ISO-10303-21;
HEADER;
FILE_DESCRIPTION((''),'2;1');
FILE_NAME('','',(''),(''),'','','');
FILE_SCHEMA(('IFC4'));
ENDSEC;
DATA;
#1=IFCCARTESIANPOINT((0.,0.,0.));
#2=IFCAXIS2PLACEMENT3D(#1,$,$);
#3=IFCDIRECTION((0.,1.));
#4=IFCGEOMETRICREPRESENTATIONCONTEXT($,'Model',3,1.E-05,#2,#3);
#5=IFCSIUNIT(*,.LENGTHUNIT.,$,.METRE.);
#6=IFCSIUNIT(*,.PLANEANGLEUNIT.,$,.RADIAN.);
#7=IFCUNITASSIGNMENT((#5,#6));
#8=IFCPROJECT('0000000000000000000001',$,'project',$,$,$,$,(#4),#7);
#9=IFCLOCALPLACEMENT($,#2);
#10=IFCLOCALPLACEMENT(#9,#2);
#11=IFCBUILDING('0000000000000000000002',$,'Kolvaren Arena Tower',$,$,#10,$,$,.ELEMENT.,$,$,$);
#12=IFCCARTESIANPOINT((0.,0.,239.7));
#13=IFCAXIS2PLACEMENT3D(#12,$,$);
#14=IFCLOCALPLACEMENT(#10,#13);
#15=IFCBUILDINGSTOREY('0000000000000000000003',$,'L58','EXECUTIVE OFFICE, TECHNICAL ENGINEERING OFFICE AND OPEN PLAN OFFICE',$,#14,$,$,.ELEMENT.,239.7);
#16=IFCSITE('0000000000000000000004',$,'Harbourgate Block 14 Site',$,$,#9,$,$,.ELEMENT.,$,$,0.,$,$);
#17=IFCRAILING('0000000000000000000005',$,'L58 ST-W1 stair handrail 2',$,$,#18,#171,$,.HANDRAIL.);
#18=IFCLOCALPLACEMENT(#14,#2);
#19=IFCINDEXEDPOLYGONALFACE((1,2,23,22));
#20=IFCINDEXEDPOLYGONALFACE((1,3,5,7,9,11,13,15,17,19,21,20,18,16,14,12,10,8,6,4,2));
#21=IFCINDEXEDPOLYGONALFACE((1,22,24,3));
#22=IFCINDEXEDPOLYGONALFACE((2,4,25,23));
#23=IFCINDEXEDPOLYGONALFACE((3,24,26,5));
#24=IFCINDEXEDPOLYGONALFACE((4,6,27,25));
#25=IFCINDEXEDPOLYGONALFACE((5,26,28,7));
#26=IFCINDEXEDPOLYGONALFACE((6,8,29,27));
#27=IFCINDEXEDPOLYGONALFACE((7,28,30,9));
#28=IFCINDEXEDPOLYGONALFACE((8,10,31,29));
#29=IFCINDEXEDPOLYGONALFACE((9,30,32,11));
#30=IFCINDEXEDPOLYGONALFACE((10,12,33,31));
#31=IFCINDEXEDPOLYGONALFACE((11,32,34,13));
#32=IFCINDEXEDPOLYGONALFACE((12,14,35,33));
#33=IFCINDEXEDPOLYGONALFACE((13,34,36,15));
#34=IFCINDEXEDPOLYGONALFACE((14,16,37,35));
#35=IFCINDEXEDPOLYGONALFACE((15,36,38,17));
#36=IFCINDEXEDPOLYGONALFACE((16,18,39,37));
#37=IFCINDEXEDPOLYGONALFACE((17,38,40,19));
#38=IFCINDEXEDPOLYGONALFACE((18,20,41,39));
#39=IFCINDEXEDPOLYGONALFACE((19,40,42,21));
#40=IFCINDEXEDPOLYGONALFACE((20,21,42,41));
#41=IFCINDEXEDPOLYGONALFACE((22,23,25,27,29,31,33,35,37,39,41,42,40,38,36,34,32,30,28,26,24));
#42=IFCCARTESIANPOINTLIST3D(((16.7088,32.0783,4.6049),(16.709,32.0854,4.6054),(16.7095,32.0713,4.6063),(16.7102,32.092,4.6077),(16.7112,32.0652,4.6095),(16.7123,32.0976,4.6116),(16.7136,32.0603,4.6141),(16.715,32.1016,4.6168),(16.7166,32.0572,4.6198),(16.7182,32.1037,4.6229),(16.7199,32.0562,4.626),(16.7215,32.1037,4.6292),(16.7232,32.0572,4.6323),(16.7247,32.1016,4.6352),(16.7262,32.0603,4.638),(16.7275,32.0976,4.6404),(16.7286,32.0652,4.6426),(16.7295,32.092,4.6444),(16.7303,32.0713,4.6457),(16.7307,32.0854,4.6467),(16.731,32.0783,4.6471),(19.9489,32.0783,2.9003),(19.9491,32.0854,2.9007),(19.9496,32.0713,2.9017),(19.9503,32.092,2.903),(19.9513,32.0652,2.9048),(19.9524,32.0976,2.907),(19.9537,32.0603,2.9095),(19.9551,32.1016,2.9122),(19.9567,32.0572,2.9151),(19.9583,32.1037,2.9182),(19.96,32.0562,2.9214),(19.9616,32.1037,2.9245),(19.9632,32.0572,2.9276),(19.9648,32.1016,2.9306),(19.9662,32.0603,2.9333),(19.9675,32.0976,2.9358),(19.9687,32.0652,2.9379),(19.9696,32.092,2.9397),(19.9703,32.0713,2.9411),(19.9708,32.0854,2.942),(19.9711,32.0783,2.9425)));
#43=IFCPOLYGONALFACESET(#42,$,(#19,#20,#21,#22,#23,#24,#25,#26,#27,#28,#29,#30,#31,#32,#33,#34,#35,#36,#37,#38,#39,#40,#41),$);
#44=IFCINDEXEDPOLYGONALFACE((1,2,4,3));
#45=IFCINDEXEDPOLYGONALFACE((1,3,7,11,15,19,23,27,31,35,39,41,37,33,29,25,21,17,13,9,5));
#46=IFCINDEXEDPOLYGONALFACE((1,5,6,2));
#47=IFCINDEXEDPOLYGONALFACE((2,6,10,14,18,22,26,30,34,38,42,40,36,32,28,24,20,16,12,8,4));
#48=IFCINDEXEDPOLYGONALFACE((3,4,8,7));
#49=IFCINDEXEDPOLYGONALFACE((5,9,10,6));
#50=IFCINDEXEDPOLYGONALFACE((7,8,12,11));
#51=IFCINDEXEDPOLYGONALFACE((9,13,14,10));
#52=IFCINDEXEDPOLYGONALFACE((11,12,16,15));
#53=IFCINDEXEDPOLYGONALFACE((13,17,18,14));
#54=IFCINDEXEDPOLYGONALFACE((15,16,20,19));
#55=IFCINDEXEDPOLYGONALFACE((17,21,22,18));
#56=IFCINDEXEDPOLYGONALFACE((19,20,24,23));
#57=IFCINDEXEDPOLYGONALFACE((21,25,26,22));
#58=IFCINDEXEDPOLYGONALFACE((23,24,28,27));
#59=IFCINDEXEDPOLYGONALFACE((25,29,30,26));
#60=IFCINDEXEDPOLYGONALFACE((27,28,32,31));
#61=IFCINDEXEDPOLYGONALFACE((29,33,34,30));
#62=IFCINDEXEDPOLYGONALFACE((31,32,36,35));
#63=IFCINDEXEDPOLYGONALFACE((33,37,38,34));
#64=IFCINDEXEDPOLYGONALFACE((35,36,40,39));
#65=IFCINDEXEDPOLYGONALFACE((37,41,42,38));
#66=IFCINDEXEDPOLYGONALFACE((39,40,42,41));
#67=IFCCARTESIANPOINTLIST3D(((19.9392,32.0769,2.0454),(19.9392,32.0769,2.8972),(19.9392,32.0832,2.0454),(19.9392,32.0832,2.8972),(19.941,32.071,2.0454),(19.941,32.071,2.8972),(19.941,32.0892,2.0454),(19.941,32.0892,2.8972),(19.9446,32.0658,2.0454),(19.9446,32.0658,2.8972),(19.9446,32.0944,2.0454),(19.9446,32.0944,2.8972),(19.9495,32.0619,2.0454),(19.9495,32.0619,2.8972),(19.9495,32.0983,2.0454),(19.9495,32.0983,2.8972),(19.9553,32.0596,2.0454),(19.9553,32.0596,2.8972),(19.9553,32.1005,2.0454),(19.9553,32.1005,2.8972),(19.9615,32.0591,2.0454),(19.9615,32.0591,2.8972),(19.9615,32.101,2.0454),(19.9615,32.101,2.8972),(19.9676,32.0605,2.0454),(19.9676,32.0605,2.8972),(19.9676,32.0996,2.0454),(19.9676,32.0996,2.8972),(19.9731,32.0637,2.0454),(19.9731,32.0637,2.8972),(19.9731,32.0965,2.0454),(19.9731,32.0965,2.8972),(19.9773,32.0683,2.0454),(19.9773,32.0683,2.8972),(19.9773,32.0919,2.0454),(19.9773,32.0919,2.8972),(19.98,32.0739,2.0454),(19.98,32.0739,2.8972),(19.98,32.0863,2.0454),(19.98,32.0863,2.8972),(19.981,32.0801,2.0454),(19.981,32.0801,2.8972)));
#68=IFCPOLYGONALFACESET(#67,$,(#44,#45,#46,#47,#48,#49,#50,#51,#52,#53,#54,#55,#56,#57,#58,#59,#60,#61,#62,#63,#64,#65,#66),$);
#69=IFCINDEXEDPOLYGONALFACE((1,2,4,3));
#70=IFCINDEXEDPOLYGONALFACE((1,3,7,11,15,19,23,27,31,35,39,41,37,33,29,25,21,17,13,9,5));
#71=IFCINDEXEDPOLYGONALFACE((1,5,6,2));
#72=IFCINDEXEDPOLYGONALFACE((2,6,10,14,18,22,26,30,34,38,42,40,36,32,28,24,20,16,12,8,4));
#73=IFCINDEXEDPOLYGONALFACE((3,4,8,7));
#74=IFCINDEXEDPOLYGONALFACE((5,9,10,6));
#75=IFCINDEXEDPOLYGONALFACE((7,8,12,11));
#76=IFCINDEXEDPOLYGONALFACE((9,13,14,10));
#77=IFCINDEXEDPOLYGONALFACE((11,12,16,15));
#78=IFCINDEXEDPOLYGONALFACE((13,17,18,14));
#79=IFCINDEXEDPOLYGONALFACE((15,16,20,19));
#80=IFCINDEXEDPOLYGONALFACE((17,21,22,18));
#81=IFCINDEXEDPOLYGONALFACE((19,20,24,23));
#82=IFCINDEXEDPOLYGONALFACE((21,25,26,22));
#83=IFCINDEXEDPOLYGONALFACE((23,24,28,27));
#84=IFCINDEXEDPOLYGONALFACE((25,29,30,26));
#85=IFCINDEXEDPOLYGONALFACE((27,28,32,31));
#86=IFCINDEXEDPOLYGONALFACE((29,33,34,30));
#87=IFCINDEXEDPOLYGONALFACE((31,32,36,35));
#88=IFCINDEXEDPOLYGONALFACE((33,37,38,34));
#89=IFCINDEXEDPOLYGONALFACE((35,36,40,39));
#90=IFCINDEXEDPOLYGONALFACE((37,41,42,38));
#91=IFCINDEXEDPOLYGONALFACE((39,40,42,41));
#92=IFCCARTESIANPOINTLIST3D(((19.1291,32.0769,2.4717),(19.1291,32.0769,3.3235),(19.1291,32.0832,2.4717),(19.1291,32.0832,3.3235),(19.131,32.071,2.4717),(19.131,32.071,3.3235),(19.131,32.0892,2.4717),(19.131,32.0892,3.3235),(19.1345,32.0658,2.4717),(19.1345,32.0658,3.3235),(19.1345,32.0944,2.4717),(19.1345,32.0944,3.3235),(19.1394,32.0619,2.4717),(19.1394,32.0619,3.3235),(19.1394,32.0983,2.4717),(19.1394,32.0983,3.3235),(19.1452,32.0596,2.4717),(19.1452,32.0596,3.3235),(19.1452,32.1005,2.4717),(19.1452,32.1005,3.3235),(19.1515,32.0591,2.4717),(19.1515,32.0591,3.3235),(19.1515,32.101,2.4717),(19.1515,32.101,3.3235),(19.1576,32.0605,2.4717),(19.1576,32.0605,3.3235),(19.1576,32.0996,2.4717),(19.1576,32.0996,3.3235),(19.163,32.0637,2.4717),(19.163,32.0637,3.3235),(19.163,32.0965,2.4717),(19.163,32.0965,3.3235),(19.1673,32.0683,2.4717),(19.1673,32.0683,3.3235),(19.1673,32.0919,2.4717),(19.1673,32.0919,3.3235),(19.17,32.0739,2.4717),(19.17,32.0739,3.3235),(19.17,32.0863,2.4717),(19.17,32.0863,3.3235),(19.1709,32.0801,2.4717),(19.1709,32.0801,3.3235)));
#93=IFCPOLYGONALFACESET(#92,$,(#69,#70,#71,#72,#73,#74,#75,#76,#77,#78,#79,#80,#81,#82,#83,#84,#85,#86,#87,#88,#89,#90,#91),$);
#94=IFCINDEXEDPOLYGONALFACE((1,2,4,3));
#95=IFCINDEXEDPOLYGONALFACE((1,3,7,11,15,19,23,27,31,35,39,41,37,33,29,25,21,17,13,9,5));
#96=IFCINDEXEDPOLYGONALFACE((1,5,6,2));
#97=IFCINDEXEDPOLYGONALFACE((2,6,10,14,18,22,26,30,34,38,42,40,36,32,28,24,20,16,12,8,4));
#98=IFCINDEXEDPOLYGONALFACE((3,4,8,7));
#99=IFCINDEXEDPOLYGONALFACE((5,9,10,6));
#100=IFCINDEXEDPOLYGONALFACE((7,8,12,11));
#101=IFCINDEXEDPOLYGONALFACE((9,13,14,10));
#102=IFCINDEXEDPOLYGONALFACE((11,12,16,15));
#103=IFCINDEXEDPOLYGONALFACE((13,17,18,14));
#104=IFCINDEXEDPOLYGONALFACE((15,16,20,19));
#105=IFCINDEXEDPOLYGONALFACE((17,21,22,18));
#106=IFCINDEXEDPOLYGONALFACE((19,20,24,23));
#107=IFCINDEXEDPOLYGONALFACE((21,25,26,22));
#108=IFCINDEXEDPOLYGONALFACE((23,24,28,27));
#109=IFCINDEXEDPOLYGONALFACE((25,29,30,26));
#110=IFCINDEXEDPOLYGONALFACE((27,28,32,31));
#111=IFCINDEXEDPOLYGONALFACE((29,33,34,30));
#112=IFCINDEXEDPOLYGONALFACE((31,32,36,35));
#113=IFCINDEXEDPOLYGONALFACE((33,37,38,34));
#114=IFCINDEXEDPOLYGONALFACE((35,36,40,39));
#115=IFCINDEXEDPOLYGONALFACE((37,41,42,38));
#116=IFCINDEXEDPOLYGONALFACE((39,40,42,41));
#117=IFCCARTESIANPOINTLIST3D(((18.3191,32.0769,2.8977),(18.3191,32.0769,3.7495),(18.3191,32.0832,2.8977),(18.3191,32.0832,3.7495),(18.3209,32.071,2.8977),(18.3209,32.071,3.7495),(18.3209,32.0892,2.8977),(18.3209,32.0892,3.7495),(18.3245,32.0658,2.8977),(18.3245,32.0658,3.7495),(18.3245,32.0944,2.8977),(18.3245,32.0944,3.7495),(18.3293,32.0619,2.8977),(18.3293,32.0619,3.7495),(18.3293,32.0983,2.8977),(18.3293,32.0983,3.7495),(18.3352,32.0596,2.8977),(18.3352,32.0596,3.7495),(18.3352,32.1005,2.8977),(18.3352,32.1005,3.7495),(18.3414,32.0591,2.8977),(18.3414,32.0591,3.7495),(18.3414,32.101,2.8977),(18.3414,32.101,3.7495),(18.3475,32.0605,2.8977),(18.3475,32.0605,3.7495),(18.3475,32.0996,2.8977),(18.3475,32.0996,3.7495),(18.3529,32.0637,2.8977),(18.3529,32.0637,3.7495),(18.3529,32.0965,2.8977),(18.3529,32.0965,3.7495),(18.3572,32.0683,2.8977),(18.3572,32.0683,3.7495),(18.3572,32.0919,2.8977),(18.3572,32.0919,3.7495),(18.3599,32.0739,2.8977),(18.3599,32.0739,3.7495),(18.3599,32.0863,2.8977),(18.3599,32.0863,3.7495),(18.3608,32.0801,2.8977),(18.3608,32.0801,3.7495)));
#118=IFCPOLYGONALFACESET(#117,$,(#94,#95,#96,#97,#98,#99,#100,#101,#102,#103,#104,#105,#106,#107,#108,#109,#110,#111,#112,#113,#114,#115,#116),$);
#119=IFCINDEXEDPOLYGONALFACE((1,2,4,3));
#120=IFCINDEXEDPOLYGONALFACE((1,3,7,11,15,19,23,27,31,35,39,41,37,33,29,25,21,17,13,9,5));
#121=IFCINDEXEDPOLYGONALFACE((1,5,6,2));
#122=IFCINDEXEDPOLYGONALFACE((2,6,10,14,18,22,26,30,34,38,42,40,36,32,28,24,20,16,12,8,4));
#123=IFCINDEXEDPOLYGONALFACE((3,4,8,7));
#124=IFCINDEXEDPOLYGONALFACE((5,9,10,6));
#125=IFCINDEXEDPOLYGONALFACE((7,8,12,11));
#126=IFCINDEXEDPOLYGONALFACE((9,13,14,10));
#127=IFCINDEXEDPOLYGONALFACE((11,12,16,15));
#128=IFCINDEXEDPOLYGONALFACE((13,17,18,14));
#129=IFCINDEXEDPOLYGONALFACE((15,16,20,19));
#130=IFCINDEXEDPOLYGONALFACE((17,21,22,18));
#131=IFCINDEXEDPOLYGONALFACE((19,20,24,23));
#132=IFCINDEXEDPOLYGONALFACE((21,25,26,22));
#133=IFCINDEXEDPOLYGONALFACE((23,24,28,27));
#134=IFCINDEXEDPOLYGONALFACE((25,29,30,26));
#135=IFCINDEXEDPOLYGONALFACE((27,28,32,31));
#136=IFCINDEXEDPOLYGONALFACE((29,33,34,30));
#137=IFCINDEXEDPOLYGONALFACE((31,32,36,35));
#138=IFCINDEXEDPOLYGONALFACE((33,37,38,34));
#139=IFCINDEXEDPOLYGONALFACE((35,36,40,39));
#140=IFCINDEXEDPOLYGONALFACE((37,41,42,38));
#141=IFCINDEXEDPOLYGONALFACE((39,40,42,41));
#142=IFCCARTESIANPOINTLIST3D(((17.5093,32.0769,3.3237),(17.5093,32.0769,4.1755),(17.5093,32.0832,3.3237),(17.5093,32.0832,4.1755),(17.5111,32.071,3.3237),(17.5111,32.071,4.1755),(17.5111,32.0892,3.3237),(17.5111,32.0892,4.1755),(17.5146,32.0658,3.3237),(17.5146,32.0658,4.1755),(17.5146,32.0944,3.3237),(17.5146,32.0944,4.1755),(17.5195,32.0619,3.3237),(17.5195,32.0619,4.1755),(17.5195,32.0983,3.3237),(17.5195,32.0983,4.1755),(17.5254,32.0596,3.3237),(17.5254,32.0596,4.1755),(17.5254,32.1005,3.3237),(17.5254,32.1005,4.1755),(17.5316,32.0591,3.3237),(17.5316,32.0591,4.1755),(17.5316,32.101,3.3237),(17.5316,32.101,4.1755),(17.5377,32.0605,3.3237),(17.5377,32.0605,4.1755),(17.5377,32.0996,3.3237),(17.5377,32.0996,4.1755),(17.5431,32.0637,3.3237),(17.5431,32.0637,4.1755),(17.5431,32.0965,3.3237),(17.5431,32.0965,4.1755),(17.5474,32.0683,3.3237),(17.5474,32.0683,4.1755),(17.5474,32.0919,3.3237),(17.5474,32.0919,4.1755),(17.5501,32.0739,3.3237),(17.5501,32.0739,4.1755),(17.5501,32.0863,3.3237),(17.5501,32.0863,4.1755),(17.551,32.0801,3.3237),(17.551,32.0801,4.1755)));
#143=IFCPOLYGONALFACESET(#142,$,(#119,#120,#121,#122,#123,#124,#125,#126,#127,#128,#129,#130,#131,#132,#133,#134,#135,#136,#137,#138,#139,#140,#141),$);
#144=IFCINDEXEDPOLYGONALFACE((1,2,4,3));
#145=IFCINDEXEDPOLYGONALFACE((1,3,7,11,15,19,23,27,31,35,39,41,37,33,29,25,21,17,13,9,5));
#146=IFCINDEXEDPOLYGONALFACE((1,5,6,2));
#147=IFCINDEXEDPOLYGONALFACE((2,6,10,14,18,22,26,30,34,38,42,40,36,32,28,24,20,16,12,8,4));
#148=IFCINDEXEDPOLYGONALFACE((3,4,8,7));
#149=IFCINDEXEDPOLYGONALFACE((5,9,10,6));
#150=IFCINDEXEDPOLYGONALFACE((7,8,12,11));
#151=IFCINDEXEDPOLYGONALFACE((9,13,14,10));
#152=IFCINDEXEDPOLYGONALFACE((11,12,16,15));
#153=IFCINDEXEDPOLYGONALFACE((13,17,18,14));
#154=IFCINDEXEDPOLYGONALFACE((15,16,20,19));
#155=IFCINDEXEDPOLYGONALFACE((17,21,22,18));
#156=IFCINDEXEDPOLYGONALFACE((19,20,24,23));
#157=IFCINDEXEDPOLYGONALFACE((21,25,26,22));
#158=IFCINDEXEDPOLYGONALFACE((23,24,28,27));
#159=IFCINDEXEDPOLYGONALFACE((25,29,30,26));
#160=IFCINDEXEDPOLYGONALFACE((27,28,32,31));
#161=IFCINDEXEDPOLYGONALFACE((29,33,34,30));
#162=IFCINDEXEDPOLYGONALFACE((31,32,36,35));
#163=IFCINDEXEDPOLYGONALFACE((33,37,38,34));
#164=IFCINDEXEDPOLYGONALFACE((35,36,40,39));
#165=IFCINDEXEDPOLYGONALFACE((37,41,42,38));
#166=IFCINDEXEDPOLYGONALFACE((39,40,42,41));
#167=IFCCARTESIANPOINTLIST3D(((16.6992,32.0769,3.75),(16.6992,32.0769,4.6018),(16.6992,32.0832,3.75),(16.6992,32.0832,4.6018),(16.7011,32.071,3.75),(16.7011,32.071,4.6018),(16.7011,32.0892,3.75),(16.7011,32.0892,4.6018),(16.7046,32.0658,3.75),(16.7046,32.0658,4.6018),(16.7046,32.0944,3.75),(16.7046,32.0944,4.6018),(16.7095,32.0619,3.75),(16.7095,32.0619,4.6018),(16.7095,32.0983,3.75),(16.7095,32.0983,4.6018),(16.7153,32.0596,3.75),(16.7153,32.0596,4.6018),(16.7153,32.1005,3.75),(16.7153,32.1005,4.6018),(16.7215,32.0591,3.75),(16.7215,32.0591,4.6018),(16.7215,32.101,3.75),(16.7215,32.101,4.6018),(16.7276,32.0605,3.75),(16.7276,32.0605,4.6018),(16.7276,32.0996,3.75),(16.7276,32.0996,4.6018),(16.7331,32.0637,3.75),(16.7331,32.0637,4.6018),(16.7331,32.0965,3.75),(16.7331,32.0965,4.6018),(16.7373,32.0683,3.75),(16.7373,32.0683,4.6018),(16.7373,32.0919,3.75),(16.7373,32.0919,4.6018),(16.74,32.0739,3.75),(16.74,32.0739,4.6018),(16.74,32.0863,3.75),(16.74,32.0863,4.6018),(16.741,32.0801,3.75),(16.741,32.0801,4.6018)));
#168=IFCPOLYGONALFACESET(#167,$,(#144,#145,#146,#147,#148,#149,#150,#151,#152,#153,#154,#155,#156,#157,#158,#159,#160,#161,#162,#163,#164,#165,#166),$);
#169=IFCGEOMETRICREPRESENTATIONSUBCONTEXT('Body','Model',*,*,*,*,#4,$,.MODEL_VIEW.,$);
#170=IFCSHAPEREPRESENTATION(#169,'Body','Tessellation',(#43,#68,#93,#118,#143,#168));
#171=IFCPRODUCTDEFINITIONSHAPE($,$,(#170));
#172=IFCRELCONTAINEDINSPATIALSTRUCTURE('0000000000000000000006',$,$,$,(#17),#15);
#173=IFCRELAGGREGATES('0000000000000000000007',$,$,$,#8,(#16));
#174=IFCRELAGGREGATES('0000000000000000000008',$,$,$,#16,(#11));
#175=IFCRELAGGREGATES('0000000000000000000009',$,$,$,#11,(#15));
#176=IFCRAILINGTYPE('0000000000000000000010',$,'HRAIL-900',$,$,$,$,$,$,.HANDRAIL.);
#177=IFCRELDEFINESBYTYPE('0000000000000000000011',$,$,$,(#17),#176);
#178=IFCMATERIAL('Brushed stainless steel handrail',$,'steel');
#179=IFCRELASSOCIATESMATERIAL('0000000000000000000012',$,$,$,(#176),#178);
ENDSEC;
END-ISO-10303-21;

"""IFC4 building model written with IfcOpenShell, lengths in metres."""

from ifc_helpers import new_model, si_unit, direction, frame, origin, origin_2d, place, context, subcontext, project, spatial, circle, extrude, material, type_object, element, save


model = new_model("IFC4")

# Units and contexts
model_context = context("Model", 3, precision=1e-05, world=origin(), true_north=direction((0.0, 1.0)))
body_context = subcontext(model_context, "Body", "Model", "MODEL_VIEW")
ifc_project = project(units=[si_unit("LENGTHUNIT", "METRE"), si_unit("PLANEANGLEUNIT", "RADIAN")], contexts=[model_context])

# Site, building, storey
site_placement = place(None, origin())
site = spatial("IfcSite", under=ifc_project, at=site_placement, Name="Harbourgate Block 14 Site", CompositionType="ELEMENT", RefElevation=0.0)
building_placement = place(site_placement, origin())
building = spatial("IfcBuilding", under=site, at=building_placement, Name="Kolvaren Arena Tower", CompositionType="ELEMENT")
storey_placement = place(building_placement, frame((0.0, 0.0, 239.7)))
storey = spatial("IfcBuildingStorey", under=building, at=storey_placement, Name="L58", Description="EXECUTIVE OFFICE, TECHNICAL ENGINEERING OFFICE AND OPEN PLAN OFFICE", CompositionType="ELEMENT", Elevation=239.7)

# Railing
ifc_material_1 = material(Name="Brushed stainless steel handrail", Category="steel")
railing_type_1 = type_object("IfcRailingType", Name="HRAIL-900", PredefinedType="HANDRAIL", material=ifc_material_1)
railing_1_placement = place(storey_placement, frame((19.96, 32.0801, 2.0454)))
element("IfcRailing", 1, at=railing_1_placement, inside=storey, type_object=railing_type_1, Name="L58 ST-W1 stair handrail 2", PredefinedType="HANDRAIL", context=body_context, shape_type="SweptSolid", body=[
    extrude(circle(Radius=0.0239, at=origin_2d()), frame((0.0, 0.0, 0.876), z_axis=(-0.884993, 0.0, 0.465604), x_axis=(0.0, -1.0, 0.0)), (0.0, 0.0, 1.0), 3.6611),
    extrude(circle(Radius=0.021, at=origin_2d()), origin(), (0.0, 0.0, 1.0), 0.8518),
    extrude(circle(Radius=0.021, at=origin_2d()), frame((-0.8101, 0.0, 0.4263)), (0.0, 0.0, 1.0), 0.8518),
    extrude(circle(Radius=0.021, at=origin_2d()), frame((-1.6201, 0.0, 0.8523)), (0.0, 0.0, 1.0), 0.8518),
    extrude(circle(Radius=0.021, at=origin_2d()), frame((-2.4299, 0.0, 1.2783)), (0.0, 0.0, 1.0), 0.8518),
    extrude(circle(Radius=0.021, at=origin_2d()), frame((-3.24, 0.0, 1.7046)), (0.0, 0.0, 1.0), 0.8518),
])

save(model, "model.ifc")
